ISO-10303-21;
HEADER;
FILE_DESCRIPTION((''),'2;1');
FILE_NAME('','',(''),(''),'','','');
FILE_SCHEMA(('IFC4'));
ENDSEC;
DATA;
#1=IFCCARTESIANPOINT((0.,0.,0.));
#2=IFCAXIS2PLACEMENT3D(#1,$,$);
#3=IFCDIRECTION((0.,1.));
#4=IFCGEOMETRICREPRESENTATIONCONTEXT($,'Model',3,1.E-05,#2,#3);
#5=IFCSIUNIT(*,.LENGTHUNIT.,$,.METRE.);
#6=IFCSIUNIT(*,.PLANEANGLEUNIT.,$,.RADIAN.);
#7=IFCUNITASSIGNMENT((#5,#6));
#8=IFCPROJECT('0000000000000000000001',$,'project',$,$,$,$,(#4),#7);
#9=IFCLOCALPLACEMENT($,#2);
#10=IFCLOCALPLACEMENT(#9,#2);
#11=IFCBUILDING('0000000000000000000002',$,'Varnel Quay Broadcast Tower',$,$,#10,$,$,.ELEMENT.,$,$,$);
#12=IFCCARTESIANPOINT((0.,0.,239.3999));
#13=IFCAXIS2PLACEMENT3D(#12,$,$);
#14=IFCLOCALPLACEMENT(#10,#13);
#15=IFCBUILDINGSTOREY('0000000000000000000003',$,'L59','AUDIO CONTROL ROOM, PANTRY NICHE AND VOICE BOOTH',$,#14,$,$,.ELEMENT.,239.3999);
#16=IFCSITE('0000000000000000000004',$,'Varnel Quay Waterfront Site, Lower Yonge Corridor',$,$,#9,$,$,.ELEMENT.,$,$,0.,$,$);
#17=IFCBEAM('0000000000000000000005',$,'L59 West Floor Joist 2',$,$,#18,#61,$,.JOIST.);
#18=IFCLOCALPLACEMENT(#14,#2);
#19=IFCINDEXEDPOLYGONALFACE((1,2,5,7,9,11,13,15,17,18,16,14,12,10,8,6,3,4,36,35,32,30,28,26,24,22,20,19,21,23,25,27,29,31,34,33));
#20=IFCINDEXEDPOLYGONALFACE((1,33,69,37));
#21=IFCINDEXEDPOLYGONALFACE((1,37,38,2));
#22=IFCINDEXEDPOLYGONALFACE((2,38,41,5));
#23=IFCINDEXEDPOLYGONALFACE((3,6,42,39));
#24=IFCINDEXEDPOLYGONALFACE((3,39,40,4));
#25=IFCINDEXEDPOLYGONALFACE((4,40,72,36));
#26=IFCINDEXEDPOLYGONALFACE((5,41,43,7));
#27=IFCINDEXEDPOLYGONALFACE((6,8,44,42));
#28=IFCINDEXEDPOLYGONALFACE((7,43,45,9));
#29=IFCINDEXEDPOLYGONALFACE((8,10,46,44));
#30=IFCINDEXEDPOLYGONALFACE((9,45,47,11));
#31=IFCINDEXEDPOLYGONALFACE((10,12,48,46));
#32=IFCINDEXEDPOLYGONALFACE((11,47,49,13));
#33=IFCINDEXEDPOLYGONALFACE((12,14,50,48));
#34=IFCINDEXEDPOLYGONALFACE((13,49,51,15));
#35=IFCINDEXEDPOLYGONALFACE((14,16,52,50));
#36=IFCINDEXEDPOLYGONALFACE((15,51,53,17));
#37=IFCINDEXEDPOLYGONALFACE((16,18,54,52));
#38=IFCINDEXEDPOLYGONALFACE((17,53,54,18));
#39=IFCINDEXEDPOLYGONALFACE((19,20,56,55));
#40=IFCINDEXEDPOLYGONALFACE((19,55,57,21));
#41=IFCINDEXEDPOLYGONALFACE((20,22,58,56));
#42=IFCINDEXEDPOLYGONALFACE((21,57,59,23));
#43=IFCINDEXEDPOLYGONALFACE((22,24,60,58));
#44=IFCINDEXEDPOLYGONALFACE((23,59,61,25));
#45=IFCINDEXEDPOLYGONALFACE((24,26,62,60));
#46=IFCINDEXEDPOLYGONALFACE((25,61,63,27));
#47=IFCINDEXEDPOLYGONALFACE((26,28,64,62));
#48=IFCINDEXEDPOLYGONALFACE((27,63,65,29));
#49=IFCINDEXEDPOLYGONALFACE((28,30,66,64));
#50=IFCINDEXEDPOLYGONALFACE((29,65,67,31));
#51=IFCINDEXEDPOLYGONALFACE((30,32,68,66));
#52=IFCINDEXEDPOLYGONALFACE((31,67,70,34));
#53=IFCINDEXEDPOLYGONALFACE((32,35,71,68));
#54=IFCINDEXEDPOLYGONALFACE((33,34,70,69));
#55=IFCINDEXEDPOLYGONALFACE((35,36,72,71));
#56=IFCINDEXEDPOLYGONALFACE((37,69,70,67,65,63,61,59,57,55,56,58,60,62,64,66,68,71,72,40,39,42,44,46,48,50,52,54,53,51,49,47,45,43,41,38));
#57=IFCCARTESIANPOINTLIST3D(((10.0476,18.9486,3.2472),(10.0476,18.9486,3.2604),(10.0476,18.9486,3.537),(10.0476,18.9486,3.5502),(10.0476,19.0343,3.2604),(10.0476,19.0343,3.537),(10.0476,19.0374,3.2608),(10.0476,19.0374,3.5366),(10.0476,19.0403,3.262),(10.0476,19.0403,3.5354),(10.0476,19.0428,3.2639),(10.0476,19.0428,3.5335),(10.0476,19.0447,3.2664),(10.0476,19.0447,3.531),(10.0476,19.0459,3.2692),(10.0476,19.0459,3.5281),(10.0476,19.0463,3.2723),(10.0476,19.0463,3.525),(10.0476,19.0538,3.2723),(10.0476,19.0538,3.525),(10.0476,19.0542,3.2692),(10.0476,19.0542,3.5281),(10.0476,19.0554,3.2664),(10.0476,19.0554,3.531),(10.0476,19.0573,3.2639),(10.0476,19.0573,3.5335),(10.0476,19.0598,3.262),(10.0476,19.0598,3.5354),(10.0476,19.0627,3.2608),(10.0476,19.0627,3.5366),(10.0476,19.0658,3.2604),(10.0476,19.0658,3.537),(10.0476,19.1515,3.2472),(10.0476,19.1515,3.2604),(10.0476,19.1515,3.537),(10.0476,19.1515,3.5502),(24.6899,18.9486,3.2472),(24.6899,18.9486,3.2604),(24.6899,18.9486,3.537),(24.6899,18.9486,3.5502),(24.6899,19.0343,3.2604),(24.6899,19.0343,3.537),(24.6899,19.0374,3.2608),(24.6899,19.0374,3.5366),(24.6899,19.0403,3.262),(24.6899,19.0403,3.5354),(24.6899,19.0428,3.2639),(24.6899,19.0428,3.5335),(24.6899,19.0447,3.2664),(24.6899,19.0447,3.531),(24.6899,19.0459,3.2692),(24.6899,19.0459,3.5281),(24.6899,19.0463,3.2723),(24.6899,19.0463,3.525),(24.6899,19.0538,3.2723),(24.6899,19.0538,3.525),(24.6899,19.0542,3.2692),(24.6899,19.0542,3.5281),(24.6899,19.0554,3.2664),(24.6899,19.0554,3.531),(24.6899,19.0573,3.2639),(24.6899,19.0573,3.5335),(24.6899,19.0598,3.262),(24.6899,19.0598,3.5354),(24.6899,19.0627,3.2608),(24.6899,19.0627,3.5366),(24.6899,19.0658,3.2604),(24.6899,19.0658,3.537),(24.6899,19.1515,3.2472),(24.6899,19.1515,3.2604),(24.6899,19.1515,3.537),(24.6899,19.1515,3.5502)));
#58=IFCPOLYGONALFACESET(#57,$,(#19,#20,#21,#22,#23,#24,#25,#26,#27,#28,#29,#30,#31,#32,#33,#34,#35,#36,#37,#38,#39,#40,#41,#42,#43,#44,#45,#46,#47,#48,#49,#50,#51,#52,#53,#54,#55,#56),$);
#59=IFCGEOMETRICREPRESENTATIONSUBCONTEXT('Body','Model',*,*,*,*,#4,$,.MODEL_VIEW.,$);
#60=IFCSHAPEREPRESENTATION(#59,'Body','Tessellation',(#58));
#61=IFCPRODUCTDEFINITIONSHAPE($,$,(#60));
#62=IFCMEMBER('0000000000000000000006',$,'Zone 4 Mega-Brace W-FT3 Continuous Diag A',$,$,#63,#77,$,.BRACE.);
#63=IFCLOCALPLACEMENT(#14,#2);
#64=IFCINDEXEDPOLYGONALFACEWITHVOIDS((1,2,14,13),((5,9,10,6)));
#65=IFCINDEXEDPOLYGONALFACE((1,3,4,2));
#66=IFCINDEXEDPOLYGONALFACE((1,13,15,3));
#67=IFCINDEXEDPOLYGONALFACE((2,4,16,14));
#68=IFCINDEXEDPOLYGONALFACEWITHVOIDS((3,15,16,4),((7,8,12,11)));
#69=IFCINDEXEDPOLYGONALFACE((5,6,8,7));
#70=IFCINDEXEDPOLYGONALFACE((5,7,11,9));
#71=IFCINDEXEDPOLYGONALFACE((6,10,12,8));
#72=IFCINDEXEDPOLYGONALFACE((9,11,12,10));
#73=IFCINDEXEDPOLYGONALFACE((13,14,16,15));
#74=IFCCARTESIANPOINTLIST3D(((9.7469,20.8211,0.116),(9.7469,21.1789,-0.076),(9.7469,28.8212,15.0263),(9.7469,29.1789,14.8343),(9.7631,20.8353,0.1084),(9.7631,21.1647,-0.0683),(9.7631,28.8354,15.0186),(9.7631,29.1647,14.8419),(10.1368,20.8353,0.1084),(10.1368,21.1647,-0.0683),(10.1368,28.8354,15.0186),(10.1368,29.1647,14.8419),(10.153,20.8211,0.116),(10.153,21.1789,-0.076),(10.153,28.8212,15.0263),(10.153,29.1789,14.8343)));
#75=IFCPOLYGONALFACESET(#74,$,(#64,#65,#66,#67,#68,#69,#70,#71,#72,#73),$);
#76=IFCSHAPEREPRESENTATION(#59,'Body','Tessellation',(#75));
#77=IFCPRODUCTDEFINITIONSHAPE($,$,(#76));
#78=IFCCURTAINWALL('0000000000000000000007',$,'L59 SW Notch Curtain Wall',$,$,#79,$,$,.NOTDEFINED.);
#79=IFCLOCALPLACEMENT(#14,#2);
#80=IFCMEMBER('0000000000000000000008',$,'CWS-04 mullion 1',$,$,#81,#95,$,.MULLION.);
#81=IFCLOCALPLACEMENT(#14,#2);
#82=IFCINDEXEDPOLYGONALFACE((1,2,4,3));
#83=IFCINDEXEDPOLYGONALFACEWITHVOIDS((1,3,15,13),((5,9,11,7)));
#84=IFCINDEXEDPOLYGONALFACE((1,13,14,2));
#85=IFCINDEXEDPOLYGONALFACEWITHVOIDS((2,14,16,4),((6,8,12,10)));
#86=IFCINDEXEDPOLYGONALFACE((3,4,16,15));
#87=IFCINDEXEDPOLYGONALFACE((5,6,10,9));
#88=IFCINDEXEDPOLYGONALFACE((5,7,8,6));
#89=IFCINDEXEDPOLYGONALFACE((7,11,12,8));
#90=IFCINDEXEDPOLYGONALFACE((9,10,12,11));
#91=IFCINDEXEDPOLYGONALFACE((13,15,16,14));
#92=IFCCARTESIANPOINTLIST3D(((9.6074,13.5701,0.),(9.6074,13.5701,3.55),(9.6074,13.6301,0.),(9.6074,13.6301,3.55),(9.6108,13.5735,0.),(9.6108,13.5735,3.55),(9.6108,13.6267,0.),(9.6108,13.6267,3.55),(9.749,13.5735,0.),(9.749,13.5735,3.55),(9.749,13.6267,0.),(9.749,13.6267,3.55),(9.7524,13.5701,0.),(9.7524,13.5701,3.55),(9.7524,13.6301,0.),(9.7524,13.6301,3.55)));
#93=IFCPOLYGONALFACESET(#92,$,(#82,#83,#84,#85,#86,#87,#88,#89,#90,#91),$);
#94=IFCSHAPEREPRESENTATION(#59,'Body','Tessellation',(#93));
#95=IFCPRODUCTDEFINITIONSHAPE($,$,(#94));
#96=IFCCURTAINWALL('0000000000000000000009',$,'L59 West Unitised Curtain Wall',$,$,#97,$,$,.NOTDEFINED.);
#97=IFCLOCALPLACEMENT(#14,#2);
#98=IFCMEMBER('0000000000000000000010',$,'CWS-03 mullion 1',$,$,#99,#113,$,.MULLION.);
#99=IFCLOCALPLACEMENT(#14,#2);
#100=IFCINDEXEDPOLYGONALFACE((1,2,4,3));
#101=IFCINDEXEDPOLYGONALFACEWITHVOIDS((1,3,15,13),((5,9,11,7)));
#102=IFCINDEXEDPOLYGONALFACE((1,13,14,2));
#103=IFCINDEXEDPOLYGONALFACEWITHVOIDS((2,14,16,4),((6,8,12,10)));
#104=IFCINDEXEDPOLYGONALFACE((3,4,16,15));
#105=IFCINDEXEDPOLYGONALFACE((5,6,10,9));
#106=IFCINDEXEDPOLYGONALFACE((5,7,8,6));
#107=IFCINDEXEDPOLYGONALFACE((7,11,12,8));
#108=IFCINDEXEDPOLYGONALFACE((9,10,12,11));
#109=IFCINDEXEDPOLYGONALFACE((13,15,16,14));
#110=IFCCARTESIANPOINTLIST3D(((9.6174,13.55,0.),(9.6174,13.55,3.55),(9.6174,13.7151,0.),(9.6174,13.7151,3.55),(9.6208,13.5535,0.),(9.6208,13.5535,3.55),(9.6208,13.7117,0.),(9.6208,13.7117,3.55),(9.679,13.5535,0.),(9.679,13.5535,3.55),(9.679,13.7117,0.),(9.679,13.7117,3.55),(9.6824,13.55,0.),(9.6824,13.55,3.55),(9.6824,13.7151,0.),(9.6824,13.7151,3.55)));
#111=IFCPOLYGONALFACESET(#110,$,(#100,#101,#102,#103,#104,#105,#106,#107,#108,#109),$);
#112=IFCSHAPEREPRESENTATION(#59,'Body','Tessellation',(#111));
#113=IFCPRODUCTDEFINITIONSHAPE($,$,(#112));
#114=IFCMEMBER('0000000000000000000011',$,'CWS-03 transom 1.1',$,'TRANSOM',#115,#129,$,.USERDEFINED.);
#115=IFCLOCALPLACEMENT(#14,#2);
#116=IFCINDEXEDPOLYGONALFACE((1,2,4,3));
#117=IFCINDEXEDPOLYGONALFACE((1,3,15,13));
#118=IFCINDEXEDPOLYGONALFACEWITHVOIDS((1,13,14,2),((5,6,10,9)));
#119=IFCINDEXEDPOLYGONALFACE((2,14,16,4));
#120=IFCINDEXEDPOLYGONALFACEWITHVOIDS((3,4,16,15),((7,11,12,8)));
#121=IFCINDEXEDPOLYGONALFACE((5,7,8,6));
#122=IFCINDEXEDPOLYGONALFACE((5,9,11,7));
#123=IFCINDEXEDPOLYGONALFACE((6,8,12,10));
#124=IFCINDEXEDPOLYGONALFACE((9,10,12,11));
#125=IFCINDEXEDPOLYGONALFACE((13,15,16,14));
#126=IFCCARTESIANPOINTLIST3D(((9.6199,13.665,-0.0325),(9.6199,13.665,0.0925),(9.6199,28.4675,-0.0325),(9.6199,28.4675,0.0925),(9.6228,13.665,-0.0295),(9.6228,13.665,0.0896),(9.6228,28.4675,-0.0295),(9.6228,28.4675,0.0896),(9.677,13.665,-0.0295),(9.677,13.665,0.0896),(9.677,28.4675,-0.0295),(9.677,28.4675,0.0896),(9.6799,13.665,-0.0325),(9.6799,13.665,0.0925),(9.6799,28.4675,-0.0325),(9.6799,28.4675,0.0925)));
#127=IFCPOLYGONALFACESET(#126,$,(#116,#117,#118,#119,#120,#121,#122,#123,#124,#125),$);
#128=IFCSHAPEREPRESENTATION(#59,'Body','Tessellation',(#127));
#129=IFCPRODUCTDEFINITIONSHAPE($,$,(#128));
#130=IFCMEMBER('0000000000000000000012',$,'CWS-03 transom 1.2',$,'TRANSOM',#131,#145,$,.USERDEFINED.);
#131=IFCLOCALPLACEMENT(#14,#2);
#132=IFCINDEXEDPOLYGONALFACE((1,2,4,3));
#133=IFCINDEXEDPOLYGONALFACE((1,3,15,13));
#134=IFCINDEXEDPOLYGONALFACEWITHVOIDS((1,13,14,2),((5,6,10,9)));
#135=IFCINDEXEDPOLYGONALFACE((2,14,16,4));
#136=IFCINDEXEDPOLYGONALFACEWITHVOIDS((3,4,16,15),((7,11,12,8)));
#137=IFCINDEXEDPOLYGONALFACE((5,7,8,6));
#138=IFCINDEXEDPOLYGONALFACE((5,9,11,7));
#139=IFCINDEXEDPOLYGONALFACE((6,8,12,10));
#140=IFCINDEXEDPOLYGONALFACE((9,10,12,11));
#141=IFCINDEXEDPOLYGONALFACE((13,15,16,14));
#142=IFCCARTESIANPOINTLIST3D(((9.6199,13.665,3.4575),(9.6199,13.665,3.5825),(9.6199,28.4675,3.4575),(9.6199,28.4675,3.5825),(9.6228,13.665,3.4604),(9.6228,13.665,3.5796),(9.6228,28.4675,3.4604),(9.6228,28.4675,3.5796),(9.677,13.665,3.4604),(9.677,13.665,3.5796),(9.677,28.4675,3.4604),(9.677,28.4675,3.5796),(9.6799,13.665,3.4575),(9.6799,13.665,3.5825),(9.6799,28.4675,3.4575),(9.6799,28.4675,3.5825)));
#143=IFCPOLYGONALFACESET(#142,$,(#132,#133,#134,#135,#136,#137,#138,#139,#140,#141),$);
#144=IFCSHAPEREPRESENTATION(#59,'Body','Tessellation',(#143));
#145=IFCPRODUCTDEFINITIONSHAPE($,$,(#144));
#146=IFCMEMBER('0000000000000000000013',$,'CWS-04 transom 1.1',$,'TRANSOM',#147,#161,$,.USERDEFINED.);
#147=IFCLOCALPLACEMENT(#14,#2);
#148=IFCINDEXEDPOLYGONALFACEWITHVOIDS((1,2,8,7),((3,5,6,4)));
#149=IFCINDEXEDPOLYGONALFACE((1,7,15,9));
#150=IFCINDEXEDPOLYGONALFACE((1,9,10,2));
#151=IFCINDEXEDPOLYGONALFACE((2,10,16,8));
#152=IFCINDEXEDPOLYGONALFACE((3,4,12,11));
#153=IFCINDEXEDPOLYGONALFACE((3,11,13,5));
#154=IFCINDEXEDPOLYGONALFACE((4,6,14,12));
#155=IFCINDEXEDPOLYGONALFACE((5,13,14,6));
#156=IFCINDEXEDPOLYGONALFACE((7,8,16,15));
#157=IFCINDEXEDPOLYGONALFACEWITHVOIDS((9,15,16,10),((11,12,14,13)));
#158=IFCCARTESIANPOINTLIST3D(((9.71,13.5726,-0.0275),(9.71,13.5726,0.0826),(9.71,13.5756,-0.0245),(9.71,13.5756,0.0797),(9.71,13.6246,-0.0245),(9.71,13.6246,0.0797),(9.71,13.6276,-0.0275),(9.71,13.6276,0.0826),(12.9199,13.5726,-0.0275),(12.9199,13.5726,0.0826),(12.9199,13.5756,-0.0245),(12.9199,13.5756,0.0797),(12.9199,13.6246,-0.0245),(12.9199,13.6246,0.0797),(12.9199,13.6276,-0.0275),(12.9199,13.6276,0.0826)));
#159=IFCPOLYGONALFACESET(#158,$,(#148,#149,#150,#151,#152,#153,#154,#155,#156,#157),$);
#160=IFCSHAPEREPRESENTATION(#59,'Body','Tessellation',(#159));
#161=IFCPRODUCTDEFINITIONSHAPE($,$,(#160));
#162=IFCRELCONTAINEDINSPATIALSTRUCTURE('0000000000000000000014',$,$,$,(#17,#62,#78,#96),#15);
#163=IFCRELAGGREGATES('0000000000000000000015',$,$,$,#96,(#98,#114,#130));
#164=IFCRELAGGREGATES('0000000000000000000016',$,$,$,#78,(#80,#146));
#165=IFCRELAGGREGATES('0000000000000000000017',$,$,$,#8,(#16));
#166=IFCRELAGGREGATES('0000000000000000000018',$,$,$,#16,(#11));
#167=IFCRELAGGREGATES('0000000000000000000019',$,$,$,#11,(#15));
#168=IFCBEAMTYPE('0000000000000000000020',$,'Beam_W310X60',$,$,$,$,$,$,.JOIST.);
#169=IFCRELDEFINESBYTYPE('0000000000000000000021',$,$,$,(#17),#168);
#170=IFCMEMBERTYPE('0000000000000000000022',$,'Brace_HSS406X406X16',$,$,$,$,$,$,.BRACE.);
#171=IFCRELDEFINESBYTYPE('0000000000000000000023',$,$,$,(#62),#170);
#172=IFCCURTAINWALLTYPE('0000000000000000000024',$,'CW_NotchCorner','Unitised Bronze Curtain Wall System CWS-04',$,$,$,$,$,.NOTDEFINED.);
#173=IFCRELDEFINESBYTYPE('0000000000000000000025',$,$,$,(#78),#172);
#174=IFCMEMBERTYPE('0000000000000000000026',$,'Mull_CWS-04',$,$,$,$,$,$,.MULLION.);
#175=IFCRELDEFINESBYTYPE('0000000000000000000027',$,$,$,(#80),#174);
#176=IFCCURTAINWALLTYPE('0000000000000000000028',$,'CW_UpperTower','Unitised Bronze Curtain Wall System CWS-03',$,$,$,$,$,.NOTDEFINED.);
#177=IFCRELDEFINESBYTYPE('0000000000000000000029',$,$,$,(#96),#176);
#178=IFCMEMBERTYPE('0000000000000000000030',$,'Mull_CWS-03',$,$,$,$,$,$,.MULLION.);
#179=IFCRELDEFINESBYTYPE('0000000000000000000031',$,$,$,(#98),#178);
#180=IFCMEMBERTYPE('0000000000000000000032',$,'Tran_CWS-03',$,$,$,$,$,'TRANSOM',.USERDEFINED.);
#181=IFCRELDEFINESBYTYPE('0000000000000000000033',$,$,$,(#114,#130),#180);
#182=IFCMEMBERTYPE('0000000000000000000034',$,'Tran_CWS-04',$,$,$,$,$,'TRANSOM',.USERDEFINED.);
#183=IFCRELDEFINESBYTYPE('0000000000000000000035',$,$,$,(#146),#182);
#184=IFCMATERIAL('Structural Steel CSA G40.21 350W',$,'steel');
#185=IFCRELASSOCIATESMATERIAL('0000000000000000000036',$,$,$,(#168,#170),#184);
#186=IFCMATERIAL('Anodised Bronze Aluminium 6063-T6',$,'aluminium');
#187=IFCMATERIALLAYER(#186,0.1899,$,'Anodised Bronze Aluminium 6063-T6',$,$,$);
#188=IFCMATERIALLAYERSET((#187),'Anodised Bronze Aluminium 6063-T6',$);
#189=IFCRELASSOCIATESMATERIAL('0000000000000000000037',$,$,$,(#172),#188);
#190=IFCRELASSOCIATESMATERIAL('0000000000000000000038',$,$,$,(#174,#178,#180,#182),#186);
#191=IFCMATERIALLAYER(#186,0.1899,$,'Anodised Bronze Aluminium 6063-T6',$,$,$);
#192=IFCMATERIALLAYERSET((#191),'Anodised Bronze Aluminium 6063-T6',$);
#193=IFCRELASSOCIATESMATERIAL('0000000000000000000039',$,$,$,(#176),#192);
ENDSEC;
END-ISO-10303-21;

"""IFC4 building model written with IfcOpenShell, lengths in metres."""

from ifc_helpers import new_model, si_unit, direction, frame, origin, origin_2d, place, context, subcontext, project, spatial, hollow_rectangle, i_section, extrude, source, transform, mapped, material, layer, layer_set, material_profile, profile_set, type_object, type_shapes, element, aggregate, save


model = new_model("IFC4")

# Units and contexts
model_context = context("Model", 3, precision=1e-05, world=origin(), true_north=direction((0.0, 1.0)))
body_context = subcontext(model_context, "Body", "Model", "MODEL_VIEW")
ifc_project = project(units=[si_unit("LENGTHUNIT", "METRE"), si_unit("PLANEANGLEUNIT", "RADIAN")], contexts=[model_context])

# Site, building, storey
site_placement = place(None, origin())
site = spatial("IfcSite", under=ifc_project, at=site_placement, Name="Varnel Quay Waterfront Site, Lower Yonge Corridor", CompositionType="ELEMENT", RefElevation=0.0)
building_placement = place(site_placement, origin())
building = spatial("IfcBuilding", under=site, at=building_placement, Name="Varnel Quay Broadcast Tower", CompositionType="ELEMENT")
storey_placement = place(building_placement, frame((0.0, 0.0, 239.3999)))
storey = spatial("IfcBuildingStorey", under=building, at=storey_placement, Name="L59", Description="AUDIO CONTROL ROOM, PANTRY NICHE AND VOICE BOOTH", CompositionType="ELEMENT", Elevation=239.3999)

# Shared definitions
ifc_material_1 = material(Name="Structural Steel CSA G40.21 350W", Category="steel")

# Beam
ifc_material_profile_1 = material_profile(ifc_material_1, i_section(OverallWidth=0.2029, OverallDepth=0.303, WebThickness=0.0076, FlangeThickness=0.0132, FilletRadius=0.012, at=origin_2d()), Name="W310X60")
ifc_profile_set_1 = profile_set([ifc_material_profile_1], Name="Structural Steel CSA G40.21 350W")
beam_type_1 = type_object("IfcBeamType", Name="Beam_W310X60", PredefinedType="JOIST", material=ifc_profile_set_1)
shared_shape_1 = source(origin(), body_context, "Body", "SweptSolid", [
    extrude(i_section(OverallWidth=0.2029, OverallDepth=0.303, WebThickness=0.0076, FlangeThickness=0.0132, FilletRadius=0.012, at=origin_2d()), origin(), (0.0, 0.0, 1.0), 14.6423),
])
type_shapes(beam_type_1, [shared_shape_1])
beam_1_placement = place(storey_placement, frame((10.0476, 19.05, 3.3987), z_axis=(1.0, 0.0, 0.0), x_axis=(0.0, 1.0, 0.0)))
element("IfcBeam", 1, at=beam_1_placement, inside=storey, type_object=beam_type_1, Name="L59 West Floor Joist 2", PredefinedType="JOIST", context=body_context, shape_type="MappedRepresentation", body=[
    mapped(shared_shape_1, transform((0.0, 0.0, 0.0), x_axis=(1.0, 0.0, 0.0), y_axis=(0.0, 1.0, 0.0), z_axis=(0.0, 0.0, 1.0), scale=1.0)),
])

# Member
ifc_material_profile_2 = material_profile(ifc_material_1, hollow_rectangle(XDim=0.406, YDim=0.406, WallThickness=0.0161, at=origin_2d()), Name="HSS406X406X16")
ifc_profile_set_2 = profile_set([ifc_material_profile_2], Name="Structural Steel CSA G40.21 350W")
member_type_1 = type_object("IfcMemberType", Name="Brace_HSS406X406X16", PredefinedType="BRACE", material=ifc_profile_set_2)
shared_shape_2 = source(origin(), body_context, "Body", "SweptSolid", [
    extrude(hollow_rectangle(XDim=0.406, YDim=0.406, WallThickness=0.0161, at=origin_2d()), origin(), (0.0, 0.0, 1.0), 16.9209),
])
type_shapes(member_type_1, [shared_shape_2])
member_1_placement = place(storey_placement, frame((9.95, 21.0, 0.02), z_axis=(0.0, 0.472791, 0.881174), x_axis=(-1.0, 0.0, 0.0)))
element("IfcMember", 2, at=member_1_placement, inside=storey, type_object=member_type_1, Name="Zone 4 Mega-Brace W-FT3 Continuous Diag A", PredefinedType="BRACE", context=body_context, shape_type="MappedRepresentation", body=[
    mapped(shared_shape_2, transform((0.0, 0.0, 0.0), x_axis=(1.0, 0.0, 0.0), y_axis=(0.0, 1.0, 0.0), z_axis=(0.0, 0.0, 1.0), scale=1.0)),
])

# Curtain wall, member
ifc_material_2 = material(Name="Anodised Bronze Aluminium 6063-T6", Category="aluminium")
ifc_layer_1 = layer(ifc_material_2, 0.1899, Name="Anodised Bronze Aluminium 6063-T6")
ifc_layer_set_1 = layer_set([ifc_layer_1], Name="Anodised Bronze Aluminium 6063-T6")
curtain_wall_type_1 = type_object("IfcCurtainWallType", Name="CW_NotchCorner", Description="Unitised Bronze Curtain Wall System CWS-04", PredefinedType="NOTDEFINED", material=ifc_layer_set_1)
curtain_wall_1_placement = place(storey_placement, origin())
curtain_wall_1 = element("IfcCurtainWall", 3, at=curtain_wall_1_placement, inside=storey, type_object=curtain_wall_type_1, Name="L59 SW Notch Curtain Wall", PredefinedType="NOTDEFINED")
ifc_material_profile_3 = material_profile(ifc_material_2, hollow_rectangle(XDim=0.0601, YDim=0.145, WallThickness=0.0034, at=origin_2d()), Name="ALU60X145X3.5")
ifc_profile_set_3 = profile_set([ifc_material_profile_3], Name="Anodised Bronze Aluminium 6063-T6")
member_type_2 = type_object("IfcMemberType", Name="Mull_CWS-04", PredefinedType="MULLION", material=ifc_profile_set_3)
shared_shape_3 = source(origin(), body_context, "Body", "SweptSolid", [
    extrude(hollow_rectangle(XDim=0.0601, YDim=0.145, WallThickness=0.0034, at=origin_2d()), origin(), (0.0, 0.0, 1.0), 3.55),
])
type_shapes(member_type_2, [shared_shape_3])
member_2_placement = place(storey_placement, frame((9.6799, 13.6001, 0.0), z_axis=(0.0, 0.0, 1.0), x_axis=(0.0, 1.0, 0.0)))
member_2 = element("IfcMember", 4, at=member_2_placement, type_object=member_type_2, Name="CWS-04 mullion 1", PredefinedType="MULLION", context=body_context, shape_type="MappedRepresentation", body=[
    mapped(shared_shape_3, transform((0.0, 0.0, 0.0), x_axis=(1.0, 0.0, 0.0), y_axis=(0.0, 1.0, 0.0), z_axis=(0.0, 0.0, 1.0), scale=1.0)),
])

# Curtain wall, members
ifc_layer_2 = layer(ifc_material_2, 0.1899, Name="Anodised Bronze Aluminium 6063-T6")
ifc_layer_set_2 = layer_set([ifc_layer_2], Name="Anodised Bronze Aluminium 6063-T6")
curtain_wall_type_2 = type_object("IfcCurtainWallType", Name="CW_UpperTower", Description="Unitised Bronze Curtain Wall System CWS-03", PredefinedType="NOTDEFINED", material=ifc_layer_set_2)
curtain_wall_2_placement = place(storey_placement, origin())
curtain_wall_2 = element("IfcCurtainWall", 5, at=curtain_wall_2_placement, inside=storey, type_object=curtain_wall_type_2, Name="L59 West Unitised Curtain Wall", PredefinedType="NOTDEFINED")
ifc_material_profile_4 = material_profile(ifc_material_2, hollow_rectangle(XDim=0.0649, YDim=0.165, WallThickness=0.0034, at=origin_2d()), Name="ALU65X165X3.5")
ifc_profile_set_4 = profile_set([ifc_material_profile_4], Name="Anodised Bronze Aluminium 6063-T6")
member_type_3 = type_object("IfcMemberType", Name="Mull_CWS-03", PredefinedType="MULLION", material=ifc_profile_set_4)
shared_shape_4 = source(origin(), body_context, "Body", "SweptSolid", [
    extrude(hollow_rectangle(XDim=0.0649, YDim=0.165, WallThickness=0.0034, at=origin_2d()), origin(), (0.0, 0.0, 1.0), 3.55),
])
type_shapes(member_type_3, [shared_shape_4])
member_3_placement = place(storey_placement, frame((9.6499, 13.6326, 0.0), z_axis=(0.0, 0.0, 1.0), x_axis=(-1.0, 0.0, 0.0)))
member_3 = element("IfcMember", 6, at=member_3_placement, type_object=member_type_3, Name="CWS-03 mullion 1", PredefinedType="MULLION", context=body_context, shape_type="MappedRepresentation", body=[
    mapped(shared_shape_4, transform((0.0, 0.0, 0.0), x_axis=(1.0, 0.0, 0.0), y_axis=(0.0, 1.0, 0.0), z_axis=(0.0, 0.0, 1.0), scale=1.0)),
])
ifc_material_profile_5 = material_profile(ifc_material_2, hollow_rectangle(XDim=0.0601, YDim=0.125, WallThickness=0.0029, at=origin_2d()), Name="ALU60X125X3")
ifc_profile_set_5 = profile_set([ifc_material_profile_5], Name="Anodised Bronze Aluminium 6063-T6")
member_type_4 = type_object("IfcMemberType", Name="Tran_CWS-03", ElementType="TRANSOM", PredefinedType="USERDEFINED", material=ifc_profile_set_5)
shared_shape_5 = source(origin(), body_context, "Body", "SweptSolid", [
    extrude(hollow_rectangle(XDim=0.0601, YDim=0.125, WallThickness=0.0029, at=origin_2d()), origin(), (0.0, 0.0, 1.0), 14.8025),
])
type_shapes(member_type_4, [shared_shape_5])
member_4_placement = place(storey_placement, frame((9.6499, 13.665, 0.03), z_axis=(0.0, 1.0, 0.0), x_axis=(-1.0, 0.0, 0.0)))
member_4 = element("IfcMember", 7, at=member_4_placement, type_object=member_type_4, Name="CWS-03 transom 1.1", ObjectType="TRANSOM", PredefinedType="USERDEFINED", context=body_context, shape_type="MappedRepresentation", body=[
    mapped(shared_shape_5, transform((0.0, 0.0, 0.0), x_axis=(1.0, 0.0, 0.0), y_axis=(0.0, 1.0, 0.0), z_axis=(0.0, 0.0, 1.0), scale=1.0)),
])
member_5_placement = place(storey_placement, frame((9.6499, 13.665, 3.52), z_axis=(0.0, 1.0, 0.0), x_axis=(-1.0, 0.0, 0.0)))
member_5 = element("IfcMember", 8, at=member_5_placement, type_object=member_type_4, Name="CWS-03 transom 1.2", ObjectType="TRANSOM", PredefinedType="USERDEFINED", context=body_context, shape_type="MappedRepresentation", body=[
    mapped(shared_shape_5, transform((0.0, 0.0, 0.0), x_axis=(1.0, 0.0, 0.0), y_axis=(0.0, 1.0, 0.0), z_axis=(0.0, 0.0, 1.0), scale=1.0)),
])

# Member
ifc_material_profile_6 = material_profile(ifc_material_2, hollow_rectangle(XDim=0.0549, YDim=0.1101, WallThickness=0.0029, at=origin_2d()), Name="ALU55X110X3")
ifc_profile_set_6 = profile_set([ifc_material_profile_6], Name="Anodised Bronze Aluminium 6063-T6")
member_type_5 = type_object("IfcMemberType", Name="Tran_CWS-04", ElementType="TRANSOM", PredefinedType="USERDEFINED", material=ifc_profile_set_6)
shared_shape_6 = source(origin(), body_context, "Body", "SweptSolid", [
    extrude(hollow_rectangle(XDim=0.0549, YDim=0.1101, WallThickness=0.0029, at=origin_2d()), origin(), (0.0, 0.0, 1.0), 3.21),
])
type_shapes(member_type_5, [shared_shape_6])
member_6_placement = place(storey_placement, frame((9.71, 13.6001, 0.0276), z_axis=(1.0, 0.0, 0.0), x_axis=(0.0, 1.0, 0.0)))
member_6 = element("IfcMember", 9, at=member_6_placement, type_object=member_type_5, Name="CWS-04 transom 1.1", ObjectType="TRANSOM", PredefinedType="USERDEFINED", context=body_context, shape_type="MappedRepresentation", body=[
    mapped(shared_shape_6, transform((0.0, 0.0, 0.0), x_axis=(1.0, 0.0, 0.0), y_axis=(0.0, 1.0, 0.0), z_axis=(0.0, 0.0, 1.0), scale=1.0)),
])

aggregate(curtain_wall_2, [member_3, member_4, member_5])
aggregate(curtain_wall_1, [member_2, member_6])

save(model, "model.ifc")
